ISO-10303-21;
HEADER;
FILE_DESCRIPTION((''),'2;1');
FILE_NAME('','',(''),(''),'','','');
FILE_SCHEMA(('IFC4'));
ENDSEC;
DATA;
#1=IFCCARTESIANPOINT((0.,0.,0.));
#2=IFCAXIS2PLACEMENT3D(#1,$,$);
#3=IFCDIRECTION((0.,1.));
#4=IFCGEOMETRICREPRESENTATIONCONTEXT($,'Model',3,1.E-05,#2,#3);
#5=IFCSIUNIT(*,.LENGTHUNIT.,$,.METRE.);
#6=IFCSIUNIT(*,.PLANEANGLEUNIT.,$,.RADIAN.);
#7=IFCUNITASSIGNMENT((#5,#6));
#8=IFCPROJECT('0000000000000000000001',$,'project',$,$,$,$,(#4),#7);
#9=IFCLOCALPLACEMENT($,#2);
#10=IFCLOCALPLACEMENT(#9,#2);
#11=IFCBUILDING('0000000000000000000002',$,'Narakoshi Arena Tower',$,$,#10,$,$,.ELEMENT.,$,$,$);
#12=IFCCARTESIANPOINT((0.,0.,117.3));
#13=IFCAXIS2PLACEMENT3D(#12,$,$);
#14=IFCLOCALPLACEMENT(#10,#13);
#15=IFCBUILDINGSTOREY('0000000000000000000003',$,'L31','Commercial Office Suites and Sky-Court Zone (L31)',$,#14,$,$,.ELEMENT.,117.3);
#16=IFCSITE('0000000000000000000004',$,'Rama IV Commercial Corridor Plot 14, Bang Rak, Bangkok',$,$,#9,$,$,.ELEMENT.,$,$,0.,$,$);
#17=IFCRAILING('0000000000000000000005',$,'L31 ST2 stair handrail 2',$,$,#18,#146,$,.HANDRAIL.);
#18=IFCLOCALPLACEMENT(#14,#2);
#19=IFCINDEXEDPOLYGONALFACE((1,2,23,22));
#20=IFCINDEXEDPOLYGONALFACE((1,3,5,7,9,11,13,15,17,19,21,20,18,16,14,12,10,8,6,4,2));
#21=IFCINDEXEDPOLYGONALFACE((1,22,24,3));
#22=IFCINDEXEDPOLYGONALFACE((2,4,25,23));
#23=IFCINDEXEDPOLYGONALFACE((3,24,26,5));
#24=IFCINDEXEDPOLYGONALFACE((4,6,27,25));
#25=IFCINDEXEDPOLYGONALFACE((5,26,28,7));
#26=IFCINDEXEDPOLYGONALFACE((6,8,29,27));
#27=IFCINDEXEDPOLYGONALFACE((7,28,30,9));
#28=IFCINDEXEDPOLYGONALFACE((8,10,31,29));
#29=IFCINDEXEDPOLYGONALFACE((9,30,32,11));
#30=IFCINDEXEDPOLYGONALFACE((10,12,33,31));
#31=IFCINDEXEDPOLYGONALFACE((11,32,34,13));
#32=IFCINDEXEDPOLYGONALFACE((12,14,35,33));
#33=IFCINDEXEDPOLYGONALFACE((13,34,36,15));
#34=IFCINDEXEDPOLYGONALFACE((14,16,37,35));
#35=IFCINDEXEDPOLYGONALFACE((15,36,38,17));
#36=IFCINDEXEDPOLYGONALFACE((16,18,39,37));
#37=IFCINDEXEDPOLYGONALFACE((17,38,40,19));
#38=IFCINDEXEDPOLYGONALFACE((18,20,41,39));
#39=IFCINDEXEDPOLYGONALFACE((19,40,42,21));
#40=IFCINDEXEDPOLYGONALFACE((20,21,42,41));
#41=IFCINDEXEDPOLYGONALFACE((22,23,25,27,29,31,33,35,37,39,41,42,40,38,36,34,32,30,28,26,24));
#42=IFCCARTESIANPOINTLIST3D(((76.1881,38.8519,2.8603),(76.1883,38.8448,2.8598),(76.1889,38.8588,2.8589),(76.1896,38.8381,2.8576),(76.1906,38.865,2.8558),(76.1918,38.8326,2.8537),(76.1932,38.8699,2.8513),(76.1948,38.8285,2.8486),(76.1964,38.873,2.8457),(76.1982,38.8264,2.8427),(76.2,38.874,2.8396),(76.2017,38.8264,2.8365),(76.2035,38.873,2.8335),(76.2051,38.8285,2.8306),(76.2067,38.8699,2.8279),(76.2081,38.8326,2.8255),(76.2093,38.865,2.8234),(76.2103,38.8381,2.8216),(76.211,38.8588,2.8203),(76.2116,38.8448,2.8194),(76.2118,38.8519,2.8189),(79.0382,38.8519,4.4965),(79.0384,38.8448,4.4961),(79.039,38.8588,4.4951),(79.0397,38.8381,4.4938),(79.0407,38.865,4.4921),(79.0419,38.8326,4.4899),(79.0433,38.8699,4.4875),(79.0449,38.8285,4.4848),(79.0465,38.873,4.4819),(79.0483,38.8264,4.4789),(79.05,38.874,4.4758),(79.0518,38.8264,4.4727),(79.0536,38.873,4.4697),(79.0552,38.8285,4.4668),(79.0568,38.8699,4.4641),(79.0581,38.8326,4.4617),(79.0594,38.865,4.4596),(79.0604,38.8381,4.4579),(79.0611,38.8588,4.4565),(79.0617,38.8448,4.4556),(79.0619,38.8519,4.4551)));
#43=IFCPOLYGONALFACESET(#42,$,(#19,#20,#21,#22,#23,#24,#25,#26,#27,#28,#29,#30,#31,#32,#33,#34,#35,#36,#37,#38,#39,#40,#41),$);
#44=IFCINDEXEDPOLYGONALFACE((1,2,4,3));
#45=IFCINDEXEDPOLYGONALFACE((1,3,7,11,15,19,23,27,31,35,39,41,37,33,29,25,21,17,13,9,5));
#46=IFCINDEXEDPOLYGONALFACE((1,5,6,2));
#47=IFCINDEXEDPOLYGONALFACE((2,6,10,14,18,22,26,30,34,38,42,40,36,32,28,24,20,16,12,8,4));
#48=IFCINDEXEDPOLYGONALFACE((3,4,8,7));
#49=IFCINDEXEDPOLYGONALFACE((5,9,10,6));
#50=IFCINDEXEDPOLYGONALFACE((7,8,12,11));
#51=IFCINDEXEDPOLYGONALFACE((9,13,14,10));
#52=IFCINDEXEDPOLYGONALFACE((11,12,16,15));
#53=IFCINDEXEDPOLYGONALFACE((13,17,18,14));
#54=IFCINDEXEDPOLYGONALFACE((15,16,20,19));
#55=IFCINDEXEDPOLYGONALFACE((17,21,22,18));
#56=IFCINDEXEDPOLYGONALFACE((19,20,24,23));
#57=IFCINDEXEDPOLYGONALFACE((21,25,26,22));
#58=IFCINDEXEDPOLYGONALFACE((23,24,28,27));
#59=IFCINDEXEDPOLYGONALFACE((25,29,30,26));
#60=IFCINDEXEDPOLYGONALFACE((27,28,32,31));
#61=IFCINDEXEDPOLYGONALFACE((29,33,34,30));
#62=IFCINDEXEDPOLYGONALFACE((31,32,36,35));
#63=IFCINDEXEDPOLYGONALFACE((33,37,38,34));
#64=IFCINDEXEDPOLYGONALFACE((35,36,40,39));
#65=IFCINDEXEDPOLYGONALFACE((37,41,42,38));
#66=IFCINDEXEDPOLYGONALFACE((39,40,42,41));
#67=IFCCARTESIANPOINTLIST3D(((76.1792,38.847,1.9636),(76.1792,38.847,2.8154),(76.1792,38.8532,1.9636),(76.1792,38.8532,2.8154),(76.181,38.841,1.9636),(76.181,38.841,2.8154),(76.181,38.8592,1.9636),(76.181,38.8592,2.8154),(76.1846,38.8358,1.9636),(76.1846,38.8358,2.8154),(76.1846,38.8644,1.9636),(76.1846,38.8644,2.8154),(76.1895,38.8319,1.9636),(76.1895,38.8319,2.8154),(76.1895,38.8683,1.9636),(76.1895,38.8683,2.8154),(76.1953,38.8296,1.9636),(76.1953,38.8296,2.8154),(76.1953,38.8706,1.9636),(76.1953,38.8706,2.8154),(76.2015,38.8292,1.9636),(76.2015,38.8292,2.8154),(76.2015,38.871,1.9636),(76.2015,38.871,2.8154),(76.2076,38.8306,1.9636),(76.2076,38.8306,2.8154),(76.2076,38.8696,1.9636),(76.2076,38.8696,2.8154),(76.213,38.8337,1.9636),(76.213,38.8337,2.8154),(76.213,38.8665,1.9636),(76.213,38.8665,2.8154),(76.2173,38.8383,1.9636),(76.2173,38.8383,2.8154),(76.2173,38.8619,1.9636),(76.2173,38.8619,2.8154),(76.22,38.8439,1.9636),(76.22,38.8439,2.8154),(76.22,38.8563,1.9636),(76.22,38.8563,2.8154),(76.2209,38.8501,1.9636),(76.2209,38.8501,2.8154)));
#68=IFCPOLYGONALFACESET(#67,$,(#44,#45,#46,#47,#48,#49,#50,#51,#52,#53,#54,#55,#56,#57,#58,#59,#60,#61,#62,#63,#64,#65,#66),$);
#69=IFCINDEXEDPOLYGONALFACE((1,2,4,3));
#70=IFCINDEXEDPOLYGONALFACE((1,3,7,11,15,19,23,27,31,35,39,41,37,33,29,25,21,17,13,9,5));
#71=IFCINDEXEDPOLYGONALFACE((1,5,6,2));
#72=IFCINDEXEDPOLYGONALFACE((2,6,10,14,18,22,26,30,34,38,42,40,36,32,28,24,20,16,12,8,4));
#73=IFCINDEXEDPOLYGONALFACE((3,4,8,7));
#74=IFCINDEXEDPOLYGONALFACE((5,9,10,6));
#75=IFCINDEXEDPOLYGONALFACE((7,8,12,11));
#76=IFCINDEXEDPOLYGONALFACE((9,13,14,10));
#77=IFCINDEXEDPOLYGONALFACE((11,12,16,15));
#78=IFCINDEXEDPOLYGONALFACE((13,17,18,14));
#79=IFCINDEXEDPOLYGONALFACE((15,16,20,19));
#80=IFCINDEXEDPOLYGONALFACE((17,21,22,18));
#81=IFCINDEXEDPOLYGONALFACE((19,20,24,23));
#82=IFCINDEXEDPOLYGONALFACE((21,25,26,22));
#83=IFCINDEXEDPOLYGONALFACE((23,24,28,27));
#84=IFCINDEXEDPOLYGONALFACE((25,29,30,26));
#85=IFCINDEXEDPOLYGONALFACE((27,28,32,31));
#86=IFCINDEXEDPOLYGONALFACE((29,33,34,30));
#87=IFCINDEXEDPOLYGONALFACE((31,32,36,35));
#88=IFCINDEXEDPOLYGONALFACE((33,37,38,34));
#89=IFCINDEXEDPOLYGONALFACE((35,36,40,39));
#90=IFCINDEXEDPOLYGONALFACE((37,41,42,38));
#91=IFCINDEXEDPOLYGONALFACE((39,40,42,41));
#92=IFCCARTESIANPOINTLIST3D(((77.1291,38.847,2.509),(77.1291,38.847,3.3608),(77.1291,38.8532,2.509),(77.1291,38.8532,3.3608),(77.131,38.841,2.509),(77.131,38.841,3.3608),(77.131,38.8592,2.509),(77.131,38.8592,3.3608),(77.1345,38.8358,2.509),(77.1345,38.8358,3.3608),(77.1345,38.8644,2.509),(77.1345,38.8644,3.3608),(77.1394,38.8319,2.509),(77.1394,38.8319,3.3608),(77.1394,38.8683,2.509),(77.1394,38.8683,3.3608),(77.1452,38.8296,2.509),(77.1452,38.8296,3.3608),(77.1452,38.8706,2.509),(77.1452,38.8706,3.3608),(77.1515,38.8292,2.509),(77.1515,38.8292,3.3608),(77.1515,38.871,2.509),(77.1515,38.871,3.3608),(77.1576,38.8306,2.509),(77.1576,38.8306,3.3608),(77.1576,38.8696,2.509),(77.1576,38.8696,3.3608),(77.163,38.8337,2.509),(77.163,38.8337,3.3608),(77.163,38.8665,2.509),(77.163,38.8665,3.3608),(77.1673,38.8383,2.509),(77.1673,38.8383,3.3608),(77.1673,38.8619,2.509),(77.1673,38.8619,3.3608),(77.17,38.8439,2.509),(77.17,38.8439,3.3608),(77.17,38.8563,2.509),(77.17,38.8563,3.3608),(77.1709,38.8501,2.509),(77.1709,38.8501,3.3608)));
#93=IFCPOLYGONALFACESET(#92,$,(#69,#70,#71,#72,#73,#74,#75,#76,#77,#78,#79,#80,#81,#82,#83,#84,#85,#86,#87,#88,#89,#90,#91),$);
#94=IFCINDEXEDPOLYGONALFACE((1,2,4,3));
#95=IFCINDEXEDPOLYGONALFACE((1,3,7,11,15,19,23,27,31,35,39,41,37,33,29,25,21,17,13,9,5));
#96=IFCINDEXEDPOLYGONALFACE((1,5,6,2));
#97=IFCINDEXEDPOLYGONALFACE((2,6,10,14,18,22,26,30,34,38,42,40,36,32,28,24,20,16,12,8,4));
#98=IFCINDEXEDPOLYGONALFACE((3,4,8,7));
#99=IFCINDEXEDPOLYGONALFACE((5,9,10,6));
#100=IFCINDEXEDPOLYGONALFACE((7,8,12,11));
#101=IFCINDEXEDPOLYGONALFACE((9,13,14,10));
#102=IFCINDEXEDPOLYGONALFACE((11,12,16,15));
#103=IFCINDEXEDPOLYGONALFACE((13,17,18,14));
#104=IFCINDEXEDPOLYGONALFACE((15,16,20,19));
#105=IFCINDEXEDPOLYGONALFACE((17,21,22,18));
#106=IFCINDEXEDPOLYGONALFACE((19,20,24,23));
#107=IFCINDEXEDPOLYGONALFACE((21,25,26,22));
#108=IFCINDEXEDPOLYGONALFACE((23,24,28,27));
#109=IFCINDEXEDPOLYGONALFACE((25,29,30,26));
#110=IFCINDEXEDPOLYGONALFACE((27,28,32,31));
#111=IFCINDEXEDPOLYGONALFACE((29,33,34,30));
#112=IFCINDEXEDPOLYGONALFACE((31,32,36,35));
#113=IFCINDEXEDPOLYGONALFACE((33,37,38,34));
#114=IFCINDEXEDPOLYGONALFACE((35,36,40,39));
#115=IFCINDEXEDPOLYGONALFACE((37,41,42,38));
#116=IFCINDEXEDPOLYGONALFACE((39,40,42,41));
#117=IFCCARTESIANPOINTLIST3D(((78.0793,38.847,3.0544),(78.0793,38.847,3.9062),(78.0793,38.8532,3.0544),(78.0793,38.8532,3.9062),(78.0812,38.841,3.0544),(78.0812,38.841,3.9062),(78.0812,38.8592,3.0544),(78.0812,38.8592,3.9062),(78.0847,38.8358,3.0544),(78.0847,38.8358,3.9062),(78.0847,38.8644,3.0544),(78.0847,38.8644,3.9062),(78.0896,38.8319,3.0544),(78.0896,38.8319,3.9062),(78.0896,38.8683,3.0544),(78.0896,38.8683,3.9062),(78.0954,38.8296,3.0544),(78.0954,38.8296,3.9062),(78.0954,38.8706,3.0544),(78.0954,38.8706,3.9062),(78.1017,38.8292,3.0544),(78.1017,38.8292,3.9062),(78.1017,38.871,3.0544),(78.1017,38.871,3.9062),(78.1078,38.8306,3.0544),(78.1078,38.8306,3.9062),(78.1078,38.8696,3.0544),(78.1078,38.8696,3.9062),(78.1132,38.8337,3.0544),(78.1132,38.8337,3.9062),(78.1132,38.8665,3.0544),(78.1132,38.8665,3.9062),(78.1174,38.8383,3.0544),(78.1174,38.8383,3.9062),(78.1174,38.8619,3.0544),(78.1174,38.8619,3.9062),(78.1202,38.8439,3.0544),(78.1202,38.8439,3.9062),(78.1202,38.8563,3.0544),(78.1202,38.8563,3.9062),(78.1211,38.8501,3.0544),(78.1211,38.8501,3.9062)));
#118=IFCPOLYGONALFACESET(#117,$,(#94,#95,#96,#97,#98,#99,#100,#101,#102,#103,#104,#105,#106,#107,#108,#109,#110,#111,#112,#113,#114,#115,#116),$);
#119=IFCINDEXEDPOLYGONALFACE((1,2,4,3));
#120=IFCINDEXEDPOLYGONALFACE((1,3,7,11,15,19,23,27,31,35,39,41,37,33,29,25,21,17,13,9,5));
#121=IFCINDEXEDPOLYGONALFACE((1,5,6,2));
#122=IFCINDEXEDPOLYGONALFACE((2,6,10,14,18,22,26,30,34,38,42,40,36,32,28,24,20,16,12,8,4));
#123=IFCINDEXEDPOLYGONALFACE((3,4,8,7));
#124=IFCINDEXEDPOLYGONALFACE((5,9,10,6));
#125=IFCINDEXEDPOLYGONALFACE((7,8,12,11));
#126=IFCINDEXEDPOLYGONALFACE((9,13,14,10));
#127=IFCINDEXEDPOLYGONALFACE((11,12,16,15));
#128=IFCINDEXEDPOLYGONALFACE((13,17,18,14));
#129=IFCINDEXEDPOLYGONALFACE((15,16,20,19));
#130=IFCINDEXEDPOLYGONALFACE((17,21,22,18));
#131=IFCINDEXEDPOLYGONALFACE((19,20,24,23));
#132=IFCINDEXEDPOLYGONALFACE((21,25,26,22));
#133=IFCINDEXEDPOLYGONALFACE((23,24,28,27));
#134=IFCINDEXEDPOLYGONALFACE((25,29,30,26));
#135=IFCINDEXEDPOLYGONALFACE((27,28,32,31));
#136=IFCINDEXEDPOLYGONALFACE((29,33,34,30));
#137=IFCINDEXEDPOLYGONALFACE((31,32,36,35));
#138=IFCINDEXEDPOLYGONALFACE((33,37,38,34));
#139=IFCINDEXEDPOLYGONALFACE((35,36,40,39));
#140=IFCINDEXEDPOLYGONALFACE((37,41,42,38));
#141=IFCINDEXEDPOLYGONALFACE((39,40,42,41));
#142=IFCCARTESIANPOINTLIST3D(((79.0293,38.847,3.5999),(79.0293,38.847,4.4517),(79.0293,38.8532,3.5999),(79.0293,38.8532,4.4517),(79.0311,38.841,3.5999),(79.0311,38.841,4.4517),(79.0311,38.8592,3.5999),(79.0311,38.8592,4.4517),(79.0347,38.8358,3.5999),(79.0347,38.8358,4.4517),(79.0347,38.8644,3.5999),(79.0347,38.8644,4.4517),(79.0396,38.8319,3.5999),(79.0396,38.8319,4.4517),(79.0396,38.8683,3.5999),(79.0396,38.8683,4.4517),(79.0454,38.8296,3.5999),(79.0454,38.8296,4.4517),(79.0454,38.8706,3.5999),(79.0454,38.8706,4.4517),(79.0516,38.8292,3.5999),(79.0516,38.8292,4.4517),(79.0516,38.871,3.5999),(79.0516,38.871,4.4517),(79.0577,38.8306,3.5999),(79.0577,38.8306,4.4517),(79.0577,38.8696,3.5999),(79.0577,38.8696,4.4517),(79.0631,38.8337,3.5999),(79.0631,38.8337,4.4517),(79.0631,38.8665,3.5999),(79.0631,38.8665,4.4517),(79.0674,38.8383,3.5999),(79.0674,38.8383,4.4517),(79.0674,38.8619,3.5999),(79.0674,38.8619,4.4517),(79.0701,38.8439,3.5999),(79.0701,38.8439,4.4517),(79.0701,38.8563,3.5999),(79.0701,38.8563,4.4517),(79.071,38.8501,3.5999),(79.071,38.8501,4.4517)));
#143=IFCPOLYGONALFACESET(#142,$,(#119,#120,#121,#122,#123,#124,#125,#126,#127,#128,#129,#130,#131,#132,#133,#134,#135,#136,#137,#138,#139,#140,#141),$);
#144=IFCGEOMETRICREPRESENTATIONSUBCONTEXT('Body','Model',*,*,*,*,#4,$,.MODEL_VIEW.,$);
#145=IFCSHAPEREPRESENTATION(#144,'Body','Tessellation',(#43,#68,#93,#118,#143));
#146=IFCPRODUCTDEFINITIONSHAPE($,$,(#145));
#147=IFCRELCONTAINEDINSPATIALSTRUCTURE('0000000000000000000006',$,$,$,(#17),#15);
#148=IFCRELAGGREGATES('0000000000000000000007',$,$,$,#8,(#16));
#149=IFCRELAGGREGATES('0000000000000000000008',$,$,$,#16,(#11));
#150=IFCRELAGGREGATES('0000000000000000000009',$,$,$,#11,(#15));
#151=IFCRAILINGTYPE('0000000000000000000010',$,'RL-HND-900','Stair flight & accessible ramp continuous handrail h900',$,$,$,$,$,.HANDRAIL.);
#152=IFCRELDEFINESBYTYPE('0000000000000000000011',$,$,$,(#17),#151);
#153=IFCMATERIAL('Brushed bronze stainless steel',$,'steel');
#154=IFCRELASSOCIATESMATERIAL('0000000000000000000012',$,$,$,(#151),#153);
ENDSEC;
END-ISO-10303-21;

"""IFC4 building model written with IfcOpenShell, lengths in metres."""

from ifc_helpers import new_model, si_unit, direction, frame, origin, origin_2d, place, context, subcontext, project, spatial, circle, extrude, material, type_object, element, save


model = new_model("IFC4")

# Units and contexts
model_context = context("Model", 3, precision=1e-05, world=origin(), true_north=direction((0.0, 1.0)))
body_context = subcontext(model_context, "Body", "Model", "MODEL_VIEW")
ifc_project = project(units=[si_unit("LENGTHUNIT", "METRE"), si_unit("PLANEANGLEUNIT", "RADIAN")], contexts=[model_context])

# Site, building, storey
site_placement = place(None, origin())
site = spatial("IfcSite", under=ifc_project, at=site_placement, Name="Rama IV Commercial Corridor Plot 14, Bang Rak, Bangkok", CompositionType="ELEMENT", RefElevation=0.0)
building_placement = place(site_placement, origin())
building = spatial("IfcBuilding", under=site, at=building_placement, Name="Narakoshi Arena Tower", CompositionType="ELEMENT")
storey_placement = place(building_placement, frame((0.0, 0.0, 117.3)))
storey = spatial("IfcBuildingStorey", under=building, at=storey_placement, Name="L31", Description="Commercial Office Suites and Sky-Court Zone (L31)", CompositionType="ELEMENT", Elevation=117.3)

# Shared definitions
ifc_material_1 = material(Name="Brushed bronze stainless steel", Category="steel")

# Railing
railing_type_1 = type_object("IfcRailingType", Name="RL-HND-900", Description="Stair flight & accessible ramp continuous handrail h900", PredefinedType="HANDRAIL", material=ifc_material_1)
railing_1_placement = place(storey_placement, frame((76.2, 38.8501, 1.9636)))
element("IfcRailing", 1, at=railing_1_placement, inside=storey, type_object=railing_type_1, Name="L31 ST2 stair handrail 2", PredefinedType="HANDRAIL", context=body_context, shape_type="SweptSolid", body=[
    extrude(circle(Radius=0.0239, at=origin_2d()), frame((0.0, 0.0, 0.876), z_axis=(0.867245, 0.0, 0.497882), x_axis=(0.0, 1.0, 0.0)), (0.0, 0.0, 1.0), 3.2864),
    extrude(circle(Radius=0.021, at=origin_2d()), origin(), (0.0, 0.0, 1.0), 0.8518),
    extrude(circle(Radius=0.021, at=origin_2d()), frame((0.95, 0.0, 0.5454)), (0.0, 0.0, 1.0), 0.8518),
    extrude(circle(Radius=0.021, at=origin_2d()), frame((1.9001, 0.0, 1.0908)), (0.0, 0.0, 1.0), 0.8518),
    extrude(circle(Radius=0.021, at=origin_2d()), frame((2.8501, 0.0, 1.6362)), (0.0, 0.0, 1.0), 0.8518),
])

save(model, "model.ifc")
